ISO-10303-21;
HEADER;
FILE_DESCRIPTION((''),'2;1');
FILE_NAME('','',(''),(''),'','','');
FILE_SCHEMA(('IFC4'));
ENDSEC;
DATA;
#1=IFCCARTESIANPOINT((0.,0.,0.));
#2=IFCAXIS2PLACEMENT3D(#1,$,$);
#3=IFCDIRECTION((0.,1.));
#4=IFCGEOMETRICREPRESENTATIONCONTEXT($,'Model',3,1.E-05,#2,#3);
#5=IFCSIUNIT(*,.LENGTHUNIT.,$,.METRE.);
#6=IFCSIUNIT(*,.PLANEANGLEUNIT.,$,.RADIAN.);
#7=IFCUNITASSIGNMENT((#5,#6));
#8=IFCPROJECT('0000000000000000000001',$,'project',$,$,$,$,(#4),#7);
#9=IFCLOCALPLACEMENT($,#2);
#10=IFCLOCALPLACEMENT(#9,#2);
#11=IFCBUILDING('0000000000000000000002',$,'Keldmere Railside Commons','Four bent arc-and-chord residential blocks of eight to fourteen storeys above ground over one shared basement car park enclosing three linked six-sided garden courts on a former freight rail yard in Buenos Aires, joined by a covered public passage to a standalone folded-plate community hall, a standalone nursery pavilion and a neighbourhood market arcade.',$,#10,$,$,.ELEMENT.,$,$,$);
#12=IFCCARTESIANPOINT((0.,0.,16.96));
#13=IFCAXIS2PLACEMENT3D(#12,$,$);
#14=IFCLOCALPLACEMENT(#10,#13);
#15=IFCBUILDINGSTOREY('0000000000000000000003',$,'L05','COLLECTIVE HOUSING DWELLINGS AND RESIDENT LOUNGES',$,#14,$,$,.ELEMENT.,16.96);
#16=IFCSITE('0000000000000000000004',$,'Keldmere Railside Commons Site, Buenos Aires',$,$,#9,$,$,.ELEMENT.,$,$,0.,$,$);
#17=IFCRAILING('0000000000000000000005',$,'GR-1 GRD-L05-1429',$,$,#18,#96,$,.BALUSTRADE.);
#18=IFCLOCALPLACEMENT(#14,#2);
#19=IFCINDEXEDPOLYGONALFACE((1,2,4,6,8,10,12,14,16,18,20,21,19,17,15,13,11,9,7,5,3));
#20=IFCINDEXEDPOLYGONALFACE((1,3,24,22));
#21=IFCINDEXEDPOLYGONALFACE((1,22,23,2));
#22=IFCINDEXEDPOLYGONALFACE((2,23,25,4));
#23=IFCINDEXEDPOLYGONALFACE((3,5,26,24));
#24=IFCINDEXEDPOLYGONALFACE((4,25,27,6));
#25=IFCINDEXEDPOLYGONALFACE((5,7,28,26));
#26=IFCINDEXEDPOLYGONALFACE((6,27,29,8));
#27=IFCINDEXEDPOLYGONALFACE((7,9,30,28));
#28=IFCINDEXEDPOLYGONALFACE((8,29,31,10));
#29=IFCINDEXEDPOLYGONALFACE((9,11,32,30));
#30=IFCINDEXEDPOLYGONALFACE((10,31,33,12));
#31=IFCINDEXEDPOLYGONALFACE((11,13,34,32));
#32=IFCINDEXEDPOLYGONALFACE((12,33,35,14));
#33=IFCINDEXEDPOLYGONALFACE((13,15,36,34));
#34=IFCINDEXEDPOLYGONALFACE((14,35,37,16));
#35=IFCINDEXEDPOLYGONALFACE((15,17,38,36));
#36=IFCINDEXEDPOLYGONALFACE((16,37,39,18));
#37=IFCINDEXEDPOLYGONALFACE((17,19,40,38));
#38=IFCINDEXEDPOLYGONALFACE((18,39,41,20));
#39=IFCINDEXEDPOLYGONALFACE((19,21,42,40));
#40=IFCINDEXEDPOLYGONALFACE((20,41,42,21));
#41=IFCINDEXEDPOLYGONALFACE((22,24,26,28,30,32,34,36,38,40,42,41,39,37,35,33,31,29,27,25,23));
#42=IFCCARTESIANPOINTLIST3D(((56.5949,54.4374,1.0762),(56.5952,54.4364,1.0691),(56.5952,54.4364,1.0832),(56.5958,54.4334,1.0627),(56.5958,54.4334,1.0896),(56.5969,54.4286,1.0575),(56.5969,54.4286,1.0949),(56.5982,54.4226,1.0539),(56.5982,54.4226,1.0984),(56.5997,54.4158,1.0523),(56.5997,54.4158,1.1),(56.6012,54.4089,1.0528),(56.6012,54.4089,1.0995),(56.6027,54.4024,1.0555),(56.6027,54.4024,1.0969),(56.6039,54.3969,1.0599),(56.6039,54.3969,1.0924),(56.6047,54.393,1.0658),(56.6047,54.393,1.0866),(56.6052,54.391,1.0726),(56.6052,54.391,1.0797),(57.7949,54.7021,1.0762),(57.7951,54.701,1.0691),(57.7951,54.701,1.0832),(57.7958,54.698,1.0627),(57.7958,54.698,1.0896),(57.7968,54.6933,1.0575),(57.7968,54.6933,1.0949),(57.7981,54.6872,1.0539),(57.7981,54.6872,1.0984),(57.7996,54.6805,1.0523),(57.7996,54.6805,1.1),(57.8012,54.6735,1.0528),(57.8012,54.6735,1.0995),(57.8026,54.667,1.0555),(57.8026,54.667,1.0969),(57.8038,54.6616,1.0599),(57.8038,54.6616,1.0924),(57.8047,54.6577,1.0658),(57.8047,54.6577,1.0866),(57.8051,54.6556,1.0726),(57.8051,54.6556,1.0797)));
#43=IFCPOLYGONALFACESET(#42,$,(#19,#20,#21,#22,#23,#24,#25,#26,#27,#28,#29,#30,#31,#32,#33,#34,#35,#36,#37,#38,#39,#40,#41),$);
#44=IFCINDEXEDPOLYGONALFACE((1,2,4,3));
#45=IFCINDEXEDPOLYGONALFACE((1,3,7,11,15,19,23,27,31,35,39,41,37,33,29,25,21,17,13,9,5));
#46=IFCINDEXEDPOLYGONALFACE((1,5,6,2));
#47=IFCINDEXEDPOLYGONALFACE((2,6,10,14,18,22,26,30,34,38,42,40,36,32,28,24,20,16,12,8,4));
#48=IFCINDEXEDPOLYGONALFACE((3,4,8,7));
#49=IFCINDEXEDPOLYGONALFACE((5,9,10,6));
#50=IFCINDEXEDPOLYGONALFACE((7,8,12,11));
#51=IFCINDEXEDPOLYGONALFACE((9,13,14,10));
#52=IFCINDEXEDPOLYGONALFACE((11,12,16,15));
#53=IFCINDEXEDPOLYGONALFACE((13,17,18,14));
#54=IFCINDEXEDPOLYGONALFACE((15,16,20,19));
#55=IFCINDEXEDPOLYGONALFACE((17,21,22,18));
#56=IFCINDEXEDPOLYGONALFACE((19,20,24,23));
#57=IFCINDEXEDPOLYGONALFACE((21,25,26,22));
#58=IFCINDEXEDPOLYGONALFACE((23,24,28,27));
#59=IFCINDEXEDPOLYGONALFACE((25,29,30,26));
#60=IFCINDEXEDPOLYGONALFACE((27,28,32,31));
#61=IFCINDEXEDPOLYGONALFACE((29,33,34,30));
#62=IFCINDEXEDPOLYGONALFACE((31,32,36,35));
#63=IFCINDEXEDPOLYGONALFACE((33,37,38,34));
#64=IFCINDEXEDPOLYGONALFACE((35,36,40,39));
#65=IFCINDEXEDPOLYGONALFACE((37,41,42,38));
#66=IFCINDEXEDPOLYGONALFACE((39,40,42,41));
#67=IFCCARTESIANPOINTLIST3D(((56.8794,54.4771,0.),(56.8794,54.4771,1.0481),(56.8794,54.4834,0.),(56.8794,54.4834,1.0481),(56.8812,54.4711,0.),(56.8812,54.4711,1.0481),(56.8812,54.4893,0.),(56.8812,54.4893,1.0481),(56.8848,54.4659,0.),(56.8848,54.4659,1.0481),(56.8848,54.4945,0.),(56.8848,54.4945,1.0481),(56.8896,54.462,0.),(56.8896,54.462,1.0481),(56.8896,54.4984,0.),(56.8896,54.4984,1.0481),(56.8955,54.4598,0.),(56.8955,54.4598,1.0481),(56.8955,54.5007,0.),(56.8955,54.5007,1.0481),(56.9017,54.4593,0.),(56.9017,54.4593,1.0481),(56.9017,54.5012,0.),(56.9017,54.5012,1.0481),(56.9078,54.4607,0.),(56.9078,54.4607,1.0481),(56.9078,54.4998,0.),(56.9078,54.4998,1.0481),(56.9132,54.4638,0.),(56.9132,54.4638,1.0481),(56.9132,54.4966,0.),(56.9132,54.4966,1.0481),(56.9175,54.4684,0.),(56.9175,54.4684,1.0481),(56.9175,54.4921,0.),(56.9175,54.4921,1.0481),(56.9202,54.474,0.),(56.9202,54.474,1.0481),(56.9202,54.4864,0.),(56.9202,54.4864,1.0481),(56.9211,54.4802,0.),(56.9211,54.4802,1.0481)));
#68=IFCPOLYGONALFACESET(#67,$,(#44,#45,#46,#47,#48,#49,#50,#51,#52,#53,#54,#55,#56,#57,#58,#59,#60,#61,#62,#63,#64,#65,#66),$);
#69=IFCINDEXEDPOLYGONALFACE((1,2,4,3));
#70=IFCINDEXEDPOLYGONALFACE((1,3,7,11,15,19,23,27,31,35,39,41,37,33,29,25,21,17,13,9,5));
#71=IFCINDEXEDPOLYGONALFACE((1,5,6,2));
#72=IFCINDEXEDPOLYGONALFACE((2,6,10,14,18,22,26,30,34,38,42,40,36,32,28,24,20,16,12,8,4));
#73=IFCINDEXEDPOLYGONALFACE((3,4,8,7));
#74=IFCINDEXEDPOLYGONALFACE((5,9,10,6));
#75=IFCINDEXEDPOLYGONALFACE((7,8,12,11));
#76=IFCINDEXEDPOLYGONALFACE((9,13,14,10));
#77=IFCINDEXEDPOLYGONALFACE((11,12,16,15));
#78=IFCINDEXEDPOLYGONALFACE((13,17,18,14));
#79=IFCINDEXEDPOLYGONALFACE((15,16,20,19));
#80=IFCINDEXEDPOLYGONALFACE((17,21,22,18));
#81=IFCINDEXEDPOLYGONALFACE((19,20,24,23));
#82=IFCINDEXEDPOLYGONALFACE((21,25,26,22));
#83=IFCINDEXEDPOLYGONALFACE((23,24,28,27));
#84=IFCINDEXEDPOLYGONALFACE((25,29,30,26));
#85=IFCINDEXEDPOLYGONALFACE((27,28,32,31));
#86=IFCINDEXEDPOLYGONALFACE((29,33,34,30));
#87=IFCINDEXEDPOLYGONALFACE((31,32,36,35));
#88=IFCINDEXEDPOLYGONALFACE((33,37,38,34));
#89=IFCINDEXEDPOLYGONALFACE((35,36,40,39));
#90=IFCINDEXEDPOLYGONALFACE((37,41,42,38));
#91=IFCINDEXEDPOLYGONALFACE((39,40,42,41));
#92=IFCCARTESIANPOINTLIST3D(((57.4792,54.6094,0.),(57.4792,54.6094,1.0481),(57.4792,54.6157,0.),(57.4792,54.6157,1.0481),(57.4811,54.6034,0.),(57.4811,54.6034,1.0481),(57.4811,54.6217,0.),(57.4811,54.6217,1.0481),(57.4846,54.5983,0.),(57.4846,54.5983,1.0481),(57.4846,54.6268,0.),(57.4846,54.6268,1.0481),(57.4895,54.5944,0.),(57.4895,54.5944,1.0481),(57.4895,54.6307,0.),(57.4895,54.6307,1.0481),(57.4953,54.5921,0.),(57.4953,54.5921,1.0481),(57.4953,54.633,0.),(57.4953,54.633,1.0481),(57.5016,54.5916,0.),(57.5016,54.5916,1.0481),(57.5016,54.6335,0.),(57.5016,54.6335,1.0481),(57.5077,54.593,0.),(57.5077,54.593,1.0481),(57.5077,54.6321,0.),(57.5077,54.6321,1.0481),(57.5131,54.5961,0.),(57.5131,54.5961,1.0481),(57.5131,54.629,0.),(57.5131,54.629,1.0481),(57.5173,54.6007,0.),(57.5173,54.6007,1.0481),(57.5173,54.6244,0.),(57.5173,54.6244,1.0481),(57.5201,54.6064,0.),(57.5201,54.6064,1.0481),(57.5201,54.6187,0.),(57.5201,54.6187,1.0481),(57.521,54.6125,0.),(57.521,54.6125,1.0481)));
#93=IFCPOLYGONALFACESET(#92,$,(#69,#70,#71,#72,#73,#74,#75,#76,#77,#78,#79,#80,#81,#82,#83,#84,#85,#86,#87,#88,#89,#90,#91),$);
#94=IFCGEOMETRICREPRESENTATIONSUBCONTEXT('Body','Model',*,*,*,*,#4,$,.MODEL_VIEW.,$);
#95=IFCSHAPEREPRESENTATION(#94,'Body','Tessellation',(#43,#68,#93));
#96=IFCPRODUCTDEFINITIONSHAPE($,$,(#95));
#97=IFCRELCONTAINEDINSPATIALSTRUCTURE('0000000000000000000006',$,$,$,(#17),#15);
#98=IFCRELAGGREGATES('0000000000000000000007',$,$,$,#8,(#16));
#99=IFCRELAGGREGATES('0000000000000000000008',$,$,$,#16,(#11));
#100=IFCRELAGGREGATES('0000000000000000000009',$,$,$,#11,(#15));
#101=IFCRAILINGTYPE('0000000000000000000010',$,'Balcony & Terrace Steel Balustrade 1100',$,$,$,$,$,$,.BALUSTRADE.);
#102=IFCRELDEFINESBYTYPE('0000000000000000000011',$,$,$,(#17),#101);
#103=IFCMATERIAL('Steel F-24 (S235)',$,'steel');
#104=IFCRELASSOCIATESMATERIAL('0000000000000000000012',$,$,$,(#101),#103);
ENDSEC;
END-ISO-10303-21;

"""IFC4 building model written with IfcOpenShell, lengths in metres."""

from ifc_helpers import new_model, si_unit, direction, frame, origin, origin_2d, place, context, subcontext, project, spatial, circle, extrude, material, type_object, element, save


model = new_model("IFC4")

# Units and contexts
model_context = context("Model", 3, precision=1e-05, world=origin(), true_north=direction((0.0, 1.0)))
body_context = subcontext(model_context, "Body", "Model", "MODEL_VIEW")
ifc_project = project(units=[si_unit("LENGTHUNIT", "METRE"), si_unit("PLANEANGLEUNIT", "RADIAN")], contexts=[model_context])

# Site, building, storey
site_placement = place(None, origin())
site = spatial("IfcSite", under=ifc_project, at=site_placement, Name="Keldmere Railside Commons Site, Buenos Aires", CompositionType="ELEMENT", RefElevation=0.0)
building_placement = place(site_placement, origin())
building = spatial("IfcBuilding", under=site, at=building_placement, Name="Keldmere Railside Commons", Description="Four bent arc-and-chord residential blocks of eight to fourteen storeys above ground over one shared basement car park enclosing three linked six-sided garden courts on a former freight rail yard in Buenos Aires, joined by a covered public passage to a standalone folded-plate community hall, a standalone nursery pavilion and a neighbourhood market arcade.", CompositionType="ELEMENT")
storey_placement = place(building_placement, frame((0.0, 0.0, 16.96)))
storey = spatial("IfcBuildingStorey", under=building, at=storey_placement, Name="L05", Description="COLLECTIVE HOUSING DWELLINGS AND RESIDENT LOUNGES", CompositionType="ELEMENT", Elevation=16.96)

# Shared definitions
ifc_material_1 = material(Name="Steel F-24 (S235)", Category="steel")

# Railing
railing_type = type_object("IfcRailingType", Name="Balcony & Terrace Steel Balustrade 1100", PredefinedType="BALUSTRADE", material=ifc_material_1)
railing_1_placement = place(storey_placement, frame((56.6001, 54.4141, 0.0)))
element("IfcRailing", 1, at=railing_1_placement, inside=storey, type_object=railing_type, Name="GR-1 GRD-L05-1429", PredefinedType="BALUSTRADE", context=body_context, shape_type="SweptSolid", body=[
    extrude(circle(Radius=0.0239, at=origin_2d()), frame((0.0, 0.0, 1.0762), z_axis=(0.976532, 0.215373, 0.0), x_axis=(-0.215373, 0.976532, 0.0)), (0.0, 0.0, 1.0), 1.2288),
    extrude(circle(Radius=0.021, at=origin_2d()), frame((0.3, 0.0662, 0.0)), (0.0, 0.0, 1.0), 1.0481),
    extrude(circle(Radius=0.021, at=origin_2d()), frame((0.8999, 0.1985, 0.0)), (0.0, 0.0, 1.0), 1.0481),
])

save(model, "model.ifc")
